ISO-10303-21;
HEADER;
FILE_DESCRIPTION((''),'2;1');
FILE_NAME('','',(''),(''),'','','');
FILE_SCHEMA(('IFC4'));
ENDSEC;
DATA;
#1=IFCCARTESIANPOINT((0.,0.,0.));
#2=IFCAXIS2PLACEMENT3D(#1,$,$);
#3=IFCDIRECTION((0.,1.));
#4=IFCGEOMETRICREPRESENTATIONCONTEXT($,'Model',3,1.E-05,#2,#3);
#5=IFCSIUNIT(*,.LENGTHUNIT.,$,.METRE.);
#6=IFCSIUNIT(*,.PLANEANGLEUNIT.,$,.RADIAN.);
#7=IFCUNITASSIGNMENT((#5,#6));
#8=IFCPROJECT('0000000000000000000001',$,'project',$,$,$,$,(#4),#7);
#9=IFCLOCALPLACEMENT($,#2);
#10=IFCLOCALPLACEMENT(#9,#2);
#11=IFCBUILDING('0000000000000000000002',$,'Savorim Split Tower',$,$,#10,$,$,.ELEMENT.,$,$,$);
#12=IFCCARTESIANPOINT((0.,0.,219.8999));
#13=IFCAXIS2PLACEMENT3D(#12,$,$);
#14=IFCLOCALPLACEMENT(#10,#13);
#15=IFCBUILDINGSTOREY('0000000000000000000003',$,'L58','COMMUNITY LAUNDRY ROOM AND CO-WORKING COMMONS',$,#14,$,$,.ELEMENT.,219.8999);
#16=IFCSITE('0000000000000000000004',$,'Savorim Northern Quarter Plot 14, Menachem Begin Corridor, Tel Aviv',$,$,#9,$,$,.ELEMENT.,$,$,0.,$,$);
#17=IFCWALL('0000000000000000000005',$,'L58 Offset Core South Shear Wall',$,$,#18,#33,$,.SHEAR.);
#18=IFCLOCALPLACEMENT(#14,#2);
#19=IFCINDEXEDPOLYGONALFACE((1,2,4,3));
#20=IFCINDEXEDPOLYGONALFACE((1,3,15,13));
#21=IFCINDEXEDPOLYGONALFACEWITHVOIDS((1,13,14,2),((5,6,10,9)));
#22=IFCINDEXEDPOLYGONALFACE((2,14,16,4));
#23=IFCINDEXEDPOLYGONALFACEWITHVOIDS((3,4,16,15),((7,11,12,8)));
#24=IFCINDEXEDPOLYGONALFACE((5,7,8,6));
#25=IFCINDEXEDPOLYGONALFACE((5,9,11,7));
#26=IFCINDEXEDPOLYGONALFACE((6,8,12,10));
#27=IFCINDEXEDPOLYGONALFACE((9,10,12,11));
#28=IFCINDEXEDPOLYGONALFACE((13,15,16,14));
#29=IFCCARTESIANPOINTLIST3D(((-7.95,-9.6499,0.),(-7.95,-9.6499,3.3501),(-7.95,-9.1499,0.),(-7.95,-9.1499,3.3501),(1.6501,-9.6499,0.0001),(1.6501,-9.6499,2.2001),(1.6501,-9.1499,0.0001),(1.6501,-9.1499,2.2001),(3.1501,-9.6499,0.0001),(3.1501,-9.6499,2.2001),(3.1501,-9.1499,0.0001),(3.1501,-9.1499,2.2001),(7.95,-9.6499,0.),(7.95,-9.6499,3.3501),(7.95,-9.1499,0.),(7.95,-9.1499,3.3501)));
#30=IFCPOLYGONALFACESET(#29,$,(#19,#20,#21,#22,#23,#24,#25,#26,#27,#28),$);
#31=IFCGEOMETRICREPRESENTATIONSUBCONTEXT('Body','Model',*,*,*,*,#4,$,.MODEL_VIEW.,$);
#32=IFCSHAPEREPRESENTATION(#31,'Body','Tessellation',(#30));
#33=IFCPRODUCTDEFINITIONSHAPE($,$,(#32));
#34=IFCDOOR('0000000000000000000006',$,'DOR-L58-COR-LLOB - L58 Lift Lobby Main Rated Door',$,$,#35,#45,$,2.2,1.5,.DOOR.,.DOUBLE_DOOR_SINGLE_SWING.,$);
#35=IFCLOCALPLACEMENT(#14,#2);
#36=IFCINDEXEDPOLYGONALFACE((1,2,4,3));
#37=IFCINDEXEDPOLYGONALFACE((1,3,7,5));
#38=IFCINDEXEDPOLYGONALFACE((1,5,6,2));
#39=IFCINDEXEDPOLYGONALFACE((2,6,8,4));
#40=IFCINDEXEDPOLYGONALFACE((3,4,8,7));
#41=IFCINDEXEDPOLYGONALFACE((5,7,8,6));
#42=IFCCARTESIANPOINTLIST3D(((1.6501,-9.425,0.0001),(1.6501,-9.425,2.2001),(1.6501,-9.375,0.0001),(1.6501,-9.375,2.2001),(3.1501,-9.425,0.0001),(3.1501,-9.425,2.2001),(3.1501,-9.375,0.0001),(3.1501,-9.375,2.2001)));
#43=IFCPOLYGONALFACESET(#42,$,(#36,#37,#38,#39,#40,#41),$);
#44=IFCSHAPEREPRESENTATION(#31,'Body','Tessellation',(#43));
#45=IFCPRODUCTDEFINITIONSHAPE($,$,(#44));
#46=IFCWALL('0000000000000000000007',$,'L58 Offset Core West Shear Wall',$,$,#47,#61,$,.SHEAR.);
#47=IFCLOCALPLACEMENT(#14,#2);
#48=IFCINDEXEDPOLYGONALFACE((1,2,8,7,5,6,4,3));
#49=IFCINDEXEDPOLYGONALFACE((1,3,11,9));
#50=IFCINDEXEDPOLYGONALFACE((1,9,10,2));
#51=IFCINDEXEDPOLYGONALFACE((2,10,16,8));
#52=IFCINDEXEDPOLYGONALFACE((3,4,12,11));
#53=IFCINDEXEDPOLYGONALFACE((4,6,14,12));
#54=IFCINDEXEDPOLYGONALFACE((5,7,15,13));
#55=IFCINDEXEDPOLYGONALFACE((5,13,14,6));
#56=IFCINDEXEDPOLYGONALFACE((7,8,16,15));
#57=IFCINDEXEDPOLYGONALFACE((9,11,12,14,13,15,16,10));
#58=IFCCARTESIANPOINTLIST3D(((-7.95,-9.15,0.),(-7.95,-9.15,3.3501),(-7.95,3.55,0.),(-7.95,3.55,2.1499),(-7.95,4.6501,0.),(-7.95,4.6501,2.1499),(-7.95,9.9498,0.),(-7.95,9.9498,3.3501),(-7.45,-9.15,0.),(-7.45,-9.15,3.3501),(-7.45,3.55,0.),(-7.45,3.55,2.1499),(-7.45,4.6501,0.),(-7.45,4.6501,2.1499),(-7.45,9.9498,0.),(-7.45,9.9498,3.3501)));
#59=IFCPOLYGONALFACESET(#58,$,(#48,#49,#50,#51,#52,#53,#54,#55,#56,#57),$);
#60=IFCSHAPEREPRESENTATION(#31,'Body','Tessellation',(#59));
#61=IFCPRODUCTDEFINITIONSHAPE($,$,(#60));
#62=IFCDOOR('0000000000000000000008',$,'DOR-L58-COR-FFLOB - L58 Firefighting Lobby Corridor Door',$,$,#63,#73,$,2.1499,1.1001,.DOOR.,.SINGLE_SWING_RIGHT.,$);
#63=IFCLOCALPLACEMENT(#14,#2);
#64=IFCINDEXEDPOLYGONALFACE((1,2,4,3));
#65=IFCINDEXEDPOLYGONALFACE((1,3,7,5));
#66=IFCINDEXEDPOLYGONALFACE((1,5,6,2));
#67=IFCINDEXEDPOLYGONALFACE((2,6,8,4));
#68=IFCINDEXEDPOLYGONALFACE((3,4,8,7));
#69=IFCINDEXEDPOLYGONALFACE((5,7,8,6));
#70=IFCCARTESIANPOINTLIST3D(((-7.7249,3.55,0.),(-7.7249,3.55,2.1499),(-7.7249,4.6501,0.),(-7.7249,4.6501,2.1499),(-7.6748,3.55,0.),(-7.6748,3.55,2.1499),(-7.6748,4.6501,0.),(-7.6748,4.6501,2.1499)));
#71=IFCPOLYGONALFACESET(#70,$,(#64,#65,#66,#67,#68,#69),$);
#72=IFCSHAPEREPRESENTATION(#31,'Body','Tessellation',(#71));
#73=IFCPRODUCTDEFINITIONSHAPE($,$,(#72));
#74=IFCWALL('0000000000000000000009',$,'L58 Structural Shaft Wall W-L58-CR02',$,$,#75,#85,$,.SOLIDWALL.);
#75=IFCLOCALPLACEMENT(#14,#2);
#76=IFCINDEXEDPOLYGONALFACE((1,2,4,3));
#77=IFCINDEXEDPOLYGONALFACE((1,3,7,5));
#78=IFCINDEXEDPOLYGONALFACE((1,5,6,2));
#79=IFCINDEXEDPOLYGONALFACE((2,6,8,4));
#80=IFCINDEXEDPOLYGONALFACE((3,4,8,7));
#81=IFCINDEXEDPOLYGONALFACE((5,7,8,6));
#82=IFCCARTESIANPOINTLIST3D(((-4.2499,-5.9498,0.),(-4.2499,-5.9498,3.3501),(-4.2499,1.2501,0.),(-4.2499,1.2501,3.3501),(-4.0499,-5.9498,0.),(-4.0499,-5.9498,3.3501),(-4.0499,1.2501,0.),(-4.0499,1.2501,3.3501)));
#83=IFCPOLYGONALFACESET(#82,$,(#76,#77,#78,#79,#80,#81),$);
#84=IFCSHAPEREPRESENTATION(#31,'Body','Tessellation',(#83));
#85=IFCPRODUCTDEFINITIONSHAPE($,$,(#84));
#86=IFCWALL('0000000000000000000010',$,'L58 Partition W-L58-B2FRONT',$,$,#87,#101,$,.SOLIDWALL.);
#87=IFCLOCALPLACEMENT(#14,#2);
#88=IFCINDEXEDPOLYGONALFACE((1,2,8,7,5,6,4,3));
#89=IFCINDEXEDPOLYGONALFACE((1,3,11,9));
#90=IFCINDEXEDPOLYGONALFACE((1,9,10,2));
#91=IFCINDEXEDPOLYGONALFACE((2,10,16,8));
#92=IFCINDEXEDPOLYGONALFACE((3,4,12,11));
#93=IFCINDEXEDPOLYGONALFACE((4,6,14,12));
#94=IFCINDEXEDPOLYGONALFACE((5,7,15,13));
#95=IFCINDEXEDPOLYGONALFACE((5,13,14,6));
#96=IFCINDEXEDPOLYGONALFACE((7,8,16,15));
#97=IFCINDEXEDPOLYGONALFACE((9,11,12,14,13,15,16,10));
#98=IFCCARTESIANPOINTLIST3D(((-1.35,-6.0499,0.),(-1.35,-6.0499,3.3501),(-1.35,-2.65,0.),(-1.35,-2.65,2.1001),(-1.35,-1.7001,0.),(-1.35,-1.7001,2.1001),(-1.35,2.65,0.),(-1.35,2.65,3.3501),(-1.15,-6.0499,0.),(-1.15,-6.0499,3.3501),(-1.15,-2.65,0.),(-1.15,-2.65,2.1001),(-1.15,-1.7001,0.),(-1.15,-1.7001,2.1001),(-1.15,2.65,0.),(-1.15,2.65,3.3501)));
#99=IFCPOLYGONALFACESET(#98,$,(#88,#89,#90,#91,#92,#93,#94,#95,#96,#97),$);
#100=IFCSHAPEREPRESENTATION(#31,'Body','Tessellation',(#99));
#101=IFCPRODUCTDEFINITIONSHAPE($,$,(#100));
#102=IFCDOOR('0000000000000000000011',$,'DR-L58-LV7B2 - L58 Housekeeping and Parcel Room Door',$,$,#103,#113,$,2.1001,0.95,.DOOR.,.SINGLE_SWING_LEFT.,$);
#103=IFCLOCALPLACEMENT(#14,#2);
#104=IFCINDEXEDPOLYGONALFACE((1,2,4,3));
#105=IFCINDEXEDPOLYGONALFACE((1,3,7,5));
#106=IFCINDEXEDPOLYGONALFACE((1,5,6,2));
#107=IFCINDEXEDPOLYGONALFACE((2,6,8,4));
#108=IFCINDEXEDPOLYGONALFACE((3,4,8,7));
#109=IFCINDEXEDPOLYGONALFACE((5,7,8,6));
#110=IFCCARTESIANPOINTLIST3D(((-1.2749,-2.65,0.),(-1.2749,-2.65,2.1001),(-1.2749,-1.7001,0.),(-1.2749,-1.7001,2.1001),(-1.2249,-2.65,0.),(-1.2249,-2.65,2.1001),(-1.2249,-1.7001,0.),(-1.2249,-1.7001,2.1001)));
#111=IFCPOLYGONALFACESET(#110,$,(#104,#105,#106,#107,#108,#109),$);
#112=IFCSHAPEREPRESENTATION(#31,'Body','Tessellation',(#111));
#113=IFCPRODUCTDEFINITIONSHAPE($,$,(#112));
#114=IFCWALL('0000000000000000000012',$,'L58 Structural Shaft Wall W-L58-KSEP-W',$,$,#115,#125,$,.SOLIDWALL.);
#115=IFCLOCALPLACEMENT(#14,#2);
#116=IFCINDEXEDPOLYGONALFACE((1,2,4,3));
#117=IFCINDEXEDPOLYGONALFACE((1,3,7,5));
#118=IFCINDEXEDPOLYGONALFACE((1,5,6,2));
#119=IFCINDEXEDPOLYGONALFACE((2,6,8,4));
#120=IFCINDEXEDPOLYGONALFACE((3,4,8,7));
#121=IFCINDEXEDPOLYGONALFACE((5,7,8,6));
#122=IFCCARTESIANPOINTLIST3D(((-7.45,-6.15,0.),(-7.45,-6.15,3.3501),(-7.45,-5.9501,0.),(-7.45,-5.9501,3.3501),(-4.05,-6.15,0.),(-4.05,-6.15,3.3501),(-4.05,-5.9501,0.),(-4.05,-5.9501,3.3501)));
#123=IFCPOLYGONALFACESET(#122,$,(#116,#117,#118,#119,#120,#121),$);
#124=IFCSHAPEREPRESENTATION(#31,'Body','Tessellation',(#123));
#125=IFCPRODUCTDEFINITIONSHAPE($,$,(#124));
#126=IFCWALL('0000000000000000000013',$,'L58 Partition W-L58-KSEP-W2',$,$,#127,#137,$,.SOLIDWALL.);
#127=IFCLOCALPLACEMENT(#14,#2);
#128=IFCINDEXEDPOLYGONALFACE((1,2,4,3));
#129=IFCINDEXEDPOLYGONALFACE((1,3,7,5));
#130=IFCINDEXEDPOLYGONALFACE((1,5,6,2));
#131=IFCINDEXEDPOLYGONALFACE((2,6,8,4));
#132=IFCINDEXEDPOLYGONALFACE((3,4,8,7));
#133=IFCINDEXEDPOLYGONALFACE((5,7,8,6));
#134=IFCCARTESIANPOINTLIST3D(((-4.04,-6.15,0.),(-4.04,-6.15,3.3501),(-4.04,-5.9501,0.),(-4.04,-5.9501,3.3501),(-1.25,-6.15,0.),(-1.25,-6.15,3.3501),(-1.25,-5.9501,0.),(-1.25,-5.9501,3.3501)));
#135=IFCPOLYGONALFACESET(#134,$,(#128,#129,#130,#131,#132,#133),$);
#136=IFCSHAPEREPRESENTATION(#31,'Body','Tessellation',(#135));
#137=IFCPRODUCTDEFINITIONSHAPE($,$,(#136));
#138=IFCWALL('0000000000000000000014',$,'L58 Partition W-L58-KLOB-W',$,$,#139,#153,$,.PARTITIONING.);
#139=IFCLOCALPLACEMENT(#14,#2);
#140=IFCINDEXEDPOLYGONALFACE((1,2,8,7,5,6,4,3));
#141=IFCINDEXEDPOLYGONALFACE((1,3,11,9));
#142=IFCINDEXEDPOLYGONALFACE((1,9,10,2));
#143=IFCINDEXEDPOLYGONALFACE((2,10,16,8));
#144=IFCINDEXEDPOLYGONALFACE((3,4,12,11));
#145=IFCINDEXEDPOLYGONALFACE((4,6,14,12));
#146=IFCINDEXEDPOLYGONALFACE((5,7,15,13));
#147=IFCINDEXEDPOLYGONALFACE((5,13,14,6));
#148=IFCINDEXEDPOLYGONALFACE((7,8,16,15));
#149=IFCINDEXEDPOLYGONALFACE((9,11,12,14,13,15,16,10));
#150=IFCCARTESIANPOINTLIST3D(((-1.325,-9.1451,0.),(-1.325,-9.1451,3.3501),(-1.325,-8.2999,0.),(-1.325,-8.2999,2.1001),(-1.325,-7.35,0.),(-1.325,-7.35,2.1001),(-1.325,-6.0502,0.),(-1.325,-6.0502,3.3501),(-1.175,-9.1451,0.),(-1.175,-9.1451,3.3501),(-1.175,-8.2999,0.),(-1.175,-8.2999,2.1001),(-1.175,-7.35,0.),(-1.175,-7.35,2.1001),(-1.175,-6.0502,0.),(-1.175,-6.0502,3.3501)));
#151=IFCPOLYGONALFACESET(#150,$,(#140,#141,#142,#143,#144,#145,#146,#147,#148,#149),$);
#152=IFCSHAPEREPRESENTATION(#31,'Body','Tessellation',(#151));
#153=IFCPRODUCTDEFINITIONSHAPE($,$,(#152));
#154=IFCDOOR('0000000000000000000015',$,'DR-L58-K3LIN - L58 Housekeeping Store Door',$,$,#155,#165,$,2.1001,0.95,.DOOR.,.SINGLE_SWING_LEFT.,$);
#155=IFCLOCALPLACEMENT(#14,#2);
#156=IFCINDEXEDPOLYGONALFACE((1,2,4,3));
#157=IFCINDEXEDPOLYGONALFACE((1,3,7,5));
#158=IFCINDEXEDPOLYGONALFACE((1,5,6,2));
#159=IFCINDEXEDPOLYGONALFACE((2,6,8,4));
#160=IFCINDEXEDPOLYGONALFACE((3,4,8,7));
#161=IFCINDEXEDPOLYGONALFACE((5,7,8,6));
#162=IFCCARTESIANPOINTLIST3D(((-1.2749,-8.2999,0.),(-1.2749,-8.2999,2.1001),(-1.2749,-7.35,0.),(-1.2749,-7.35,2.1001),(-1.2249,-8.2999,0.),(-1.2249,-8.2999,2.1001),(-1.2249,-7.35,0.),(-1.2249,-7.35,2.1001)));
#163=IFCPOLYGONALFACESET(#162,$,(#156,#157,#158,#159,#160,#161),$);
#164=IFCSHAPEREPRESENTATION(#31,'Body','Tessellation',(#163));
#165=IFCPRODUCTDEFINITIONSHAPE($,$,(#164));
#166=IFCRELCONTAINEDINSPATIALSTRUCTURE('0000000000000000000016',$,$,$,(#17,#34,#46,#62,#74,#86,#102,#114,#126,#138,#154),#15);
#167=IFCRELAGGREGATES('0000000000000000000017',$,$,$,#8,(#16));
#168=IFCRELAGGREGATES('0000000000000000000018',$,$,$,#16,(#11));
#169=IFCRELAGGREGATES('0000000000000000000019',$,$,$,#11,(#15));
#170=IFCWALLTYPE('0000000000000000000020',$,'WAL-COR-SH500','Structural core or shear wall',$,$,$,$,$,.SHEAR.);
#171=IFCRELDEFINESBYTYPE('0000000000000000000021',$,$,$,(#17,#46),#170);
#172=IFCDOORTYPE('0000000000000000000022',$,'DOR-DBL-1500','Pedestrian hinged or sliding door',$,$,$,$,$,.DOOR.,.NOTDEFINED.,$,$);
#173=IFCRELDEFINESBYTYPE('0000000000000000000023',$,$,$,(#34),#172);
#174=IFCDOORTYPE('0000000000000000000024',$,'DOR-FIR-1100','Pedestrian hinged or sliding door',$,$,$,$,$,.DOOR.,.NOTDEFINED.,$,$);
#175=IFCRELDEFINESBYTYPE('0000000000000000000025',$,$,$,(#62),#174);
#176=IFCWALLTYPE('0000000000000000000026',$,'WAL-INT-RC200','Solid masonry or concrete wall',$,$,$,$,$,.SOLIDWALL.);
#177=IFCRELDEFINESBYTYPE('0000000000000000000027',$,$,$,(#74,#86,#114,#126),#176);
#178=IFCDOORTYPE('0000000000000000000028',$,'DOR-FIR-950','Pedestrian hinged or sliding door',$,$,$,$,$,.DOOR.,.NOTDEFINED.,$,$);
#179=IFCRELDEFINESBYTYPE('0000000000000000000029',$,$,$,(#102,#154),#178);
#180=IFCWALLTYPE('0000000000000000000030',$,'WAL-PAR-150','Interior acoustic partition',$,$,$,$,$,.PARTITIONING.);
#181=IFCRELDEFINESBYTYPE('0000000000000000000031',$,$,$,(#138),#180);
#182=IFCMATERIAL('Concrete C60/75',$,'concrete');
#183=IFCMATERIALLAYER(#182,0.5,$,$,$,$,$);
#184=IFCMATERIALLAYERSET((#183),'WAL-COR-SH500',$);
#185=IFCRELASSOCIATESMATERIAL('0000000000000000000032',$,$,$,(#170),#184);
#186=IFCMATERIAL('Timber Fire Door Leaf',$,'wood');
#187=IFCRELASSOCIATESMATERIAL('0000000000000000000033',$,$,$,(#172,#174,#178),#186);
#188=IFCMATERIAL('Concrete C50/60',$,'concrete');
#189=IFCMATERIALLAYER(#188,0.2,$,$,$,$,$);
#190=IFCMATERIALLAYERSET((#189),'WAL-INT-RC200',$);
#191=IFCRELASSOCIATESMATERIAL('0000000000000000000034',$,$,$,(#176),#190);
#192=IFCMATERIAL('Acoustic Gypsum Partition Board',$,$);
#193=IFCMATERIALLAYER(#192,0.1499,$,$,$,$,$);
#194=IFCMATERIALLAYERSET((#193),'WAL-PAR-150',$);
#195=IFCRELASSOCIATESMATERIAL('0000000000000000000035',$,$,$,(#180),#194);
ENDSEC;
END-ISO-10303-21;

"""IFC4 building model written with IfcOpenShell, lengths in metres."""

from ifc_helpers import new_model, si_unit, direction, frame, frame_2d, origin, place, context, subcontext, project, spatial, rectangle, extrude, material, layer, layer_set, type_object, element, fill, save


model = new_model("IFC4")

# Units and contexts
model_context = context("Model", 3, precision=1e-05, world=origin(), true_north=direction((0.0, 1.0)))
body_context = subcontext(model_context, "Body", "Model", "MODEL_VIEW")
ifc_project = project(units=[si_unit("LENGTHUNIT", "METRE"), si_unit("PLANEANGLEUNIT", "RADIAN")], contexts=[model_context])

# Site, building, storey
site_placement = place(None, origin())
site = spatial("IfcSite", under=ifc_project, at=site_placement, Name="Savorim Northern Quarter Plot 14, Menachem Begin Corridor, Tel Aviv", CompositionType="ELEMENT", RefElevation=0.0)
building_placement = place(site_placement, origin())
building = spatial("IfcBuilding", under=site, at=building_placement, Name="Savorim Split Tower", CompositionType="ELEMENT")
storey_placement = place(building_placement, frame((0.0, 0.0, 219.8999)))
storey = spatial("IfcBuildingStorey", under=building, at=storey_placement, Name="L58", Description="COMMUNITY LAUNDRY ROOM AND CO-WORKING COMMONS", CompositionType="ELEMENT", Elevation=219.8999)

# Walls, openings, doors
ifc_material_1 = material(Name="Concrete C60/75", Category="concrete")
ifc_layer_1 = layer(ifc_material_1, 0.5)
ifc_layer_set_1 = layer_set([ifc_layer_1], Name="WAL-COR-SH500")
wall_type_1 = type_object("IfcWallType", Name="WAL-COR-SH500", Description="Structural core or shear wall", PredefinedType="SHEAR", material=ifc_layer_set_1)
wall_1_placement = place(storey_placement, frame((-7.95, -9.3999, 0.0), z_axis=(0.0, 0.0, 1.0), x_axis=(1.0, 0.0, 0.0)))
wall_1 = element("IfcWall", 1, at=wall_1_placement, inside=storey, type_object=wall_type_1, Name="L58 Offset Core South Shear Wall", PredefinedType="SHEAR", context=body_context, shape_type="SweptSolid", body=[
    extrude(rectangle(XDim=15.8999, YDim=0.5, at=frame_2d((7.95, 0.0))), origin(), (0.0, 0.0, 1.0), 3.3501),
])
opening_1_placement = place(wall_1_placement, frame((9.6001, 0.0, 0.0)))
opening_1 = element("IfcOpeningElement", 2, at=opening_1_placement, cuts=wall_1, PredefinedType="OPENING", context=body_context, shape_type="SweptSolid", body=[
    extrude(rectangle(XDim=1.5, YDim=2.2, at=frame_2d((0.75, 1.1001))), frame((0.0, 0.26, 0.0), z_axis=(0.0, -1.0, 0.0), x_axis=(1.0, 0.0, 0.0)), (0.0, 0.0, 1.0), 0.52),
])
ifc_material_2 = material(Name="Timber Fire Door Leaf", Category="wood")
door_type_1 = type_object("IfcDoorType", Name="DOR-DBL-1500", Description="Pedestrian hinged or sliding door", OperationType="NOTDEFINED", PredefinedType="DOOR", material=ifc_material_2)
door_1_placement = place(opening_1_placement, origin())
door_1 = element("IfcDoor", 3, at=door_1_placement, inside=storey, type_object=door_type_1, Name="DOR-L58-COR-LLOB - L58 Lift Lobby Main Rated Door", OperationType="DOUBLE_DOOR_SINGLE_SWING", OverallHeight=2.2, OverallWidth=1.5, PredefinedType="DOOR", context=body_context, shape_type="SweptSolid", body=[
    extrude(rectangle(XDim=1.5, YDim=2.2, at=frame_2d((0.75, 1.1001))), frame((0.0, 0.0249, 0.0), z_axis=(0.0, -1.0, 0.0), x_axis=(1.0, 0.0, 0.0)), (0.0, 0.0, 1.0), 0.05),
])
fill(opening_1, door_1)
wall_2_placement = place(storey_placement, frame((-7.7, -9.1499, 0.0), z_axis=(0.0, 0.0, 1.0), x_axis=(0.0, 1.0, 0.0)))
wall_2 = element("IfcWall", 4, at=wall_2_placement, inside=storey, type_object=wall_type_1, Name="L58 Offset Core West Shear Wall", PredefinedType="SHEAR", context=body_context, shape_type="SweptSolid", body=[
    extrude(rectangle(XDim=19.0999, YDim=0.5, at=frame_2d((9.5498, 0.0))), origin(), (0.0, 0.0, 1.0), 3.3501),
])
opening_2_placement = place(wall_2_placement, frame((12.7, 0.0, 0.0)))
opening_2 = element("IfcOpeningElement", 5, at=opening_2_placement, cuts=wall_2, PredefinedType="OPENING", context=body_context, shape_type="SweptSolid", body=[
    extrude(rectangle(XDim=1.1001, YDim=2.1499, at=frame_2d((0.55, 1.075))), frame((0.0, 0.26, 0.0), z_axis=(0.0, -1.0, 0.0), x_axis=(1.0, 0.0, 0.0)), (0.0, 0.0, 1.0), 0.52),
])
door_type_2 = type_object("IfcDoorType", Name="DOR-FIR-1100", Description="Pedestrian hinged or sliding door", OperationType="NOTDEFINED", PredefinedType="DOOR", material=ifc_material_2)
door_2_placement = place(opening_2_placement, origin())
door_2 = element("IfcDoor", 6, at=door_2_placement, inside=storey, type_object=door_type_2, Name="DOR-L58-COR-FFLOB - L58 Firefighting Lobby Corridor Door", OperationType="SINGLE_SWING_RIGHT", OverallHeight=2.1499, OverallWidth=1.1001, PredefinedType="DOOR", context=body_context, shape_type="SweptSolid", body=[
    extrude(rectangle(XDim=1.1001, YDim=2.1499, at=frame_2d((0.55, 1.075))), frame((0.0, 0.0249, 0.0), z_axis=(0.0, -1.0, 0.0), x_axis=(1.0, 0.0, 0.0)), (0.0, 0.0, 1.0), 0.05),
])
fill(opening_2, door_2)

# Wall
ifc_material_3 = material(Name="Concrete C50/60", Category="concrete")
ifc_layer_2 = layer(ifc_material_3, 0.2)
ifc_layer_set_2 = layer_set([ifc_layer_2], Name="WAL-INT-RC200")
wall_type_2 = type_object("IfcWallType", Name="WAL-INT-RC200", Description="Solid masonry or concrete wall", PredefinedType="SOLIDWALL", material=ifc_layer_set_2)
wall_3_placement = place(storey_placement, frame((-4.1499, -5.95, 0.0), z_axis=(0.0, 0.0, 1.0), x_axis=(0.0, 1.0, 0.0)))
element("IfcWall", 7, at=wall_3_placement, inside=storey, type_object=wall_type_2, Name="L58 Structural Shaft Wall W-L58-CR02", PredefinedType="SOLIDWALL", context=body_context, shape_type="SweptSolid", body=[
    extrude(rectangle(XDim=7.2, YDim=0.2, at=frame_2d((3.6001, 0.0))), origin(), (0.0, 0.0, 1.0), 3.3501),
])

# Wall, opening, door
wall_4_placement = place(storey_placement, frame((-1.25, -6.05, 0.0), z_axis=(0.0, 0.0, 1.0), x_axis=(0.0, 1.0, 0.0)))
wall_4 = element("IfcWall", 8, at=wall_4_placement, inside=storey, type_object=wall_type_2, Name="L58 Partition W-L58-B2FRONT", PredefinedType="SOLIDWALL", context=body_context, shape_type="SweptSolid", body=[
    extrude(rectangle(XDim=8.7, YDim=0.2, at=frame_2d((4.3501, 0.0))), origin(), (0.0, 0.0, 1.0), 3.3501),
])
opening_3_placement = place(wall_4_placement, frame((3.3999, 0.0, 0.0)))
opening_3 = element("IfcOpeningElement", 9, at=opening_3_placement, cuts=wall_4, PredefinedType="OPENING", context=body_context, shape_type="SweptSolid", body=[
    extrude(rectangle(XDim=0.95, YDim=2.1001, at=frame_2d((0.4751, 1.05))), frame((0.0, 0.1099, 0.0), z_axis=(0.0, -1.0, 0.0), x_axis=(1.0, 0.0, 0.0)), (0.0, 0.0, 1.0), 0.22),
])
door_type_3 = type_object("IfcDoorType", Name="DOR-FIR-950", Description="Pedestrian hinged or sliding door", OperationType="NOTDEFINED", PredefinedType="DOOR", material=ifc_material_2)
door_3_placement = place(opening_3_placement, origin())
door_3 = element("IfcDoor", 10, at=door_3_placement, inside=storey, type_object=door_type_3, Name="DR-L58-LV7B2 - L58 Housekeeping and Parcel Room Door", OperationType="SINGLE_SWING_LEFT", OverallHeight=2.1001, OverallWidth=0.95, PredefinedType="DOOR", context=body_context, shape_type="SweptSolid", body=[
    extrude(rectangle(XDim=0.95, YDim=2.1001, at=frame_2d((0.4751, 1.05))), frame((0.0, 0.0249, 0.0), z_axis=(0.0, -1.0, 0.0), x_axis=(1.0, 0.0, 0.0)), (0.0, 0.0, 1.0), 0.05),
])
fill(opening_3, door_3)

# Walls
wall_5_placement = place(storey_placement, frame((-7.45, -6.05, 0.0), z_axis=(0.0, 0.0, 1.0), x_axis=(1.0, 0.0, 0.0)))
element("IfcWall", 11, at=wall_5_placement, inside=storey, type_object=wall_type_2, Name="L58 Structural Shaft Wall W-L58-KSEP-W", PredefinedType="SOLIDWALL", context=body_context, shape_type="SweptSolid", body=[
    extrude(rectangle(XDim=3.3999, YDim=0.2, at=frame_2d((1.7, 0.0))), origin(), (0.0, 0.0, 1.0), 3.3501),
])
wall_6_placement = place(storey_placement, frame((-4.04, -6.05, 0.0), z_axis=(0.0, 0.0, 1.0), x_axis=(1.0, 0.0, 0.0)))
element("IfcWall", 12, at=wall_6_placement, inside=storey, type_object=wall_type_2, Name="L58 Partition W-L58-KSEP-W2", PredefinedType="SOLIDWALL", context=body_context, shape_type="SweptSolid", body=[
    extrude(rectangle(XDim=2.79, YDim=0.2, at=frame_2d((1.395, 0.0))), origin(), (0.0, 0.0, 1.0), 3.3501),
])

# Wall, opening, door
ifc_material_4 = material(Name="Acoustic Gypsum Partition Board")
ifc_layer_3 = layer(ifc_material_4, 0.1499)
ifc_layer_set_3 = layer_set([ifc_layer_3], Name="WAL-PAR-150")
wall_type_3 = type_object("IfcWallType", Name="WAL-PAR-150", Description="Interior acoustic partition", PredefinedType="PARTITIONING", material=ifc_layer_set_3)
wall_7_placement = place(storey_placement, frame((-1.25, -9.145, 0.0), z_axis=(0.0, 0.0, 1.0), x_axis=(0.0, 1.0, 0.0)))
wall_7 = element("IfcWall", 13, at=wall_7_placement, inside=storey, type_object=wall_type_3, Name="L58 Partition W-L58-KLOB-W", PredefinedType="PARTITIONING", context=body_context, shape_type="SweptSolid", body=[
    extrude(rectangle(XDim=3.095, YDim=0.1499, at=frame_2d((1.5474, 0.0))), origin(), (0.0, 0.0, 1.0), 3.3501),
])
opening_4_placement = place(wall_7_placement, frame((0.845, 0.0, 0.0)))
opening_4 = element("IfcOpeningElement", 14, at=opening_4_placement, cuts=wall_7, PredefinedType="OPENING", context=body_context, shape_type="SweptSolid", body=[
    extrude(rectangle(XDim=0.95, YDim=2.1001, at=frame_2d((0.4751, 1.05))), frame((0.0, 0.085, 0.0), z_axis=(0.0, -1.0, 0.0), x_axis=(1.0, 0.0, 0.0)), (0.0, 0.0, 1.0), 0.1699),
])
door_4_placement = place(opening_4_placement, origin())
door_4 = element("IfcDoor", 15, at=door_4_placement, inside=storey, type_object=door_type_3, Name="DR-L58-K3LIN - L58 Housekeeping Store Door", OperationType="SINGLE_SWING_LEFT", OverallHeight=2.1001, OverallWidth=0.95, PredefinedType="DOOR", context=body_context, shape_type="SweptSolid", body=[
    extrude(rectangle(XDim=0.95, YDim=2.1001, at=frame_2d((0.4751, 1.05))), frame((0.0, 0.0249, 0.0), z_axis=(0.0, -1.0, 0.0), x_axis=(1.0, 0.0, 0.0)), (0.0, 0.0, 1.0), 0.05),
])
fill(opening_4, door_4)

save(model, "model.ifc")
